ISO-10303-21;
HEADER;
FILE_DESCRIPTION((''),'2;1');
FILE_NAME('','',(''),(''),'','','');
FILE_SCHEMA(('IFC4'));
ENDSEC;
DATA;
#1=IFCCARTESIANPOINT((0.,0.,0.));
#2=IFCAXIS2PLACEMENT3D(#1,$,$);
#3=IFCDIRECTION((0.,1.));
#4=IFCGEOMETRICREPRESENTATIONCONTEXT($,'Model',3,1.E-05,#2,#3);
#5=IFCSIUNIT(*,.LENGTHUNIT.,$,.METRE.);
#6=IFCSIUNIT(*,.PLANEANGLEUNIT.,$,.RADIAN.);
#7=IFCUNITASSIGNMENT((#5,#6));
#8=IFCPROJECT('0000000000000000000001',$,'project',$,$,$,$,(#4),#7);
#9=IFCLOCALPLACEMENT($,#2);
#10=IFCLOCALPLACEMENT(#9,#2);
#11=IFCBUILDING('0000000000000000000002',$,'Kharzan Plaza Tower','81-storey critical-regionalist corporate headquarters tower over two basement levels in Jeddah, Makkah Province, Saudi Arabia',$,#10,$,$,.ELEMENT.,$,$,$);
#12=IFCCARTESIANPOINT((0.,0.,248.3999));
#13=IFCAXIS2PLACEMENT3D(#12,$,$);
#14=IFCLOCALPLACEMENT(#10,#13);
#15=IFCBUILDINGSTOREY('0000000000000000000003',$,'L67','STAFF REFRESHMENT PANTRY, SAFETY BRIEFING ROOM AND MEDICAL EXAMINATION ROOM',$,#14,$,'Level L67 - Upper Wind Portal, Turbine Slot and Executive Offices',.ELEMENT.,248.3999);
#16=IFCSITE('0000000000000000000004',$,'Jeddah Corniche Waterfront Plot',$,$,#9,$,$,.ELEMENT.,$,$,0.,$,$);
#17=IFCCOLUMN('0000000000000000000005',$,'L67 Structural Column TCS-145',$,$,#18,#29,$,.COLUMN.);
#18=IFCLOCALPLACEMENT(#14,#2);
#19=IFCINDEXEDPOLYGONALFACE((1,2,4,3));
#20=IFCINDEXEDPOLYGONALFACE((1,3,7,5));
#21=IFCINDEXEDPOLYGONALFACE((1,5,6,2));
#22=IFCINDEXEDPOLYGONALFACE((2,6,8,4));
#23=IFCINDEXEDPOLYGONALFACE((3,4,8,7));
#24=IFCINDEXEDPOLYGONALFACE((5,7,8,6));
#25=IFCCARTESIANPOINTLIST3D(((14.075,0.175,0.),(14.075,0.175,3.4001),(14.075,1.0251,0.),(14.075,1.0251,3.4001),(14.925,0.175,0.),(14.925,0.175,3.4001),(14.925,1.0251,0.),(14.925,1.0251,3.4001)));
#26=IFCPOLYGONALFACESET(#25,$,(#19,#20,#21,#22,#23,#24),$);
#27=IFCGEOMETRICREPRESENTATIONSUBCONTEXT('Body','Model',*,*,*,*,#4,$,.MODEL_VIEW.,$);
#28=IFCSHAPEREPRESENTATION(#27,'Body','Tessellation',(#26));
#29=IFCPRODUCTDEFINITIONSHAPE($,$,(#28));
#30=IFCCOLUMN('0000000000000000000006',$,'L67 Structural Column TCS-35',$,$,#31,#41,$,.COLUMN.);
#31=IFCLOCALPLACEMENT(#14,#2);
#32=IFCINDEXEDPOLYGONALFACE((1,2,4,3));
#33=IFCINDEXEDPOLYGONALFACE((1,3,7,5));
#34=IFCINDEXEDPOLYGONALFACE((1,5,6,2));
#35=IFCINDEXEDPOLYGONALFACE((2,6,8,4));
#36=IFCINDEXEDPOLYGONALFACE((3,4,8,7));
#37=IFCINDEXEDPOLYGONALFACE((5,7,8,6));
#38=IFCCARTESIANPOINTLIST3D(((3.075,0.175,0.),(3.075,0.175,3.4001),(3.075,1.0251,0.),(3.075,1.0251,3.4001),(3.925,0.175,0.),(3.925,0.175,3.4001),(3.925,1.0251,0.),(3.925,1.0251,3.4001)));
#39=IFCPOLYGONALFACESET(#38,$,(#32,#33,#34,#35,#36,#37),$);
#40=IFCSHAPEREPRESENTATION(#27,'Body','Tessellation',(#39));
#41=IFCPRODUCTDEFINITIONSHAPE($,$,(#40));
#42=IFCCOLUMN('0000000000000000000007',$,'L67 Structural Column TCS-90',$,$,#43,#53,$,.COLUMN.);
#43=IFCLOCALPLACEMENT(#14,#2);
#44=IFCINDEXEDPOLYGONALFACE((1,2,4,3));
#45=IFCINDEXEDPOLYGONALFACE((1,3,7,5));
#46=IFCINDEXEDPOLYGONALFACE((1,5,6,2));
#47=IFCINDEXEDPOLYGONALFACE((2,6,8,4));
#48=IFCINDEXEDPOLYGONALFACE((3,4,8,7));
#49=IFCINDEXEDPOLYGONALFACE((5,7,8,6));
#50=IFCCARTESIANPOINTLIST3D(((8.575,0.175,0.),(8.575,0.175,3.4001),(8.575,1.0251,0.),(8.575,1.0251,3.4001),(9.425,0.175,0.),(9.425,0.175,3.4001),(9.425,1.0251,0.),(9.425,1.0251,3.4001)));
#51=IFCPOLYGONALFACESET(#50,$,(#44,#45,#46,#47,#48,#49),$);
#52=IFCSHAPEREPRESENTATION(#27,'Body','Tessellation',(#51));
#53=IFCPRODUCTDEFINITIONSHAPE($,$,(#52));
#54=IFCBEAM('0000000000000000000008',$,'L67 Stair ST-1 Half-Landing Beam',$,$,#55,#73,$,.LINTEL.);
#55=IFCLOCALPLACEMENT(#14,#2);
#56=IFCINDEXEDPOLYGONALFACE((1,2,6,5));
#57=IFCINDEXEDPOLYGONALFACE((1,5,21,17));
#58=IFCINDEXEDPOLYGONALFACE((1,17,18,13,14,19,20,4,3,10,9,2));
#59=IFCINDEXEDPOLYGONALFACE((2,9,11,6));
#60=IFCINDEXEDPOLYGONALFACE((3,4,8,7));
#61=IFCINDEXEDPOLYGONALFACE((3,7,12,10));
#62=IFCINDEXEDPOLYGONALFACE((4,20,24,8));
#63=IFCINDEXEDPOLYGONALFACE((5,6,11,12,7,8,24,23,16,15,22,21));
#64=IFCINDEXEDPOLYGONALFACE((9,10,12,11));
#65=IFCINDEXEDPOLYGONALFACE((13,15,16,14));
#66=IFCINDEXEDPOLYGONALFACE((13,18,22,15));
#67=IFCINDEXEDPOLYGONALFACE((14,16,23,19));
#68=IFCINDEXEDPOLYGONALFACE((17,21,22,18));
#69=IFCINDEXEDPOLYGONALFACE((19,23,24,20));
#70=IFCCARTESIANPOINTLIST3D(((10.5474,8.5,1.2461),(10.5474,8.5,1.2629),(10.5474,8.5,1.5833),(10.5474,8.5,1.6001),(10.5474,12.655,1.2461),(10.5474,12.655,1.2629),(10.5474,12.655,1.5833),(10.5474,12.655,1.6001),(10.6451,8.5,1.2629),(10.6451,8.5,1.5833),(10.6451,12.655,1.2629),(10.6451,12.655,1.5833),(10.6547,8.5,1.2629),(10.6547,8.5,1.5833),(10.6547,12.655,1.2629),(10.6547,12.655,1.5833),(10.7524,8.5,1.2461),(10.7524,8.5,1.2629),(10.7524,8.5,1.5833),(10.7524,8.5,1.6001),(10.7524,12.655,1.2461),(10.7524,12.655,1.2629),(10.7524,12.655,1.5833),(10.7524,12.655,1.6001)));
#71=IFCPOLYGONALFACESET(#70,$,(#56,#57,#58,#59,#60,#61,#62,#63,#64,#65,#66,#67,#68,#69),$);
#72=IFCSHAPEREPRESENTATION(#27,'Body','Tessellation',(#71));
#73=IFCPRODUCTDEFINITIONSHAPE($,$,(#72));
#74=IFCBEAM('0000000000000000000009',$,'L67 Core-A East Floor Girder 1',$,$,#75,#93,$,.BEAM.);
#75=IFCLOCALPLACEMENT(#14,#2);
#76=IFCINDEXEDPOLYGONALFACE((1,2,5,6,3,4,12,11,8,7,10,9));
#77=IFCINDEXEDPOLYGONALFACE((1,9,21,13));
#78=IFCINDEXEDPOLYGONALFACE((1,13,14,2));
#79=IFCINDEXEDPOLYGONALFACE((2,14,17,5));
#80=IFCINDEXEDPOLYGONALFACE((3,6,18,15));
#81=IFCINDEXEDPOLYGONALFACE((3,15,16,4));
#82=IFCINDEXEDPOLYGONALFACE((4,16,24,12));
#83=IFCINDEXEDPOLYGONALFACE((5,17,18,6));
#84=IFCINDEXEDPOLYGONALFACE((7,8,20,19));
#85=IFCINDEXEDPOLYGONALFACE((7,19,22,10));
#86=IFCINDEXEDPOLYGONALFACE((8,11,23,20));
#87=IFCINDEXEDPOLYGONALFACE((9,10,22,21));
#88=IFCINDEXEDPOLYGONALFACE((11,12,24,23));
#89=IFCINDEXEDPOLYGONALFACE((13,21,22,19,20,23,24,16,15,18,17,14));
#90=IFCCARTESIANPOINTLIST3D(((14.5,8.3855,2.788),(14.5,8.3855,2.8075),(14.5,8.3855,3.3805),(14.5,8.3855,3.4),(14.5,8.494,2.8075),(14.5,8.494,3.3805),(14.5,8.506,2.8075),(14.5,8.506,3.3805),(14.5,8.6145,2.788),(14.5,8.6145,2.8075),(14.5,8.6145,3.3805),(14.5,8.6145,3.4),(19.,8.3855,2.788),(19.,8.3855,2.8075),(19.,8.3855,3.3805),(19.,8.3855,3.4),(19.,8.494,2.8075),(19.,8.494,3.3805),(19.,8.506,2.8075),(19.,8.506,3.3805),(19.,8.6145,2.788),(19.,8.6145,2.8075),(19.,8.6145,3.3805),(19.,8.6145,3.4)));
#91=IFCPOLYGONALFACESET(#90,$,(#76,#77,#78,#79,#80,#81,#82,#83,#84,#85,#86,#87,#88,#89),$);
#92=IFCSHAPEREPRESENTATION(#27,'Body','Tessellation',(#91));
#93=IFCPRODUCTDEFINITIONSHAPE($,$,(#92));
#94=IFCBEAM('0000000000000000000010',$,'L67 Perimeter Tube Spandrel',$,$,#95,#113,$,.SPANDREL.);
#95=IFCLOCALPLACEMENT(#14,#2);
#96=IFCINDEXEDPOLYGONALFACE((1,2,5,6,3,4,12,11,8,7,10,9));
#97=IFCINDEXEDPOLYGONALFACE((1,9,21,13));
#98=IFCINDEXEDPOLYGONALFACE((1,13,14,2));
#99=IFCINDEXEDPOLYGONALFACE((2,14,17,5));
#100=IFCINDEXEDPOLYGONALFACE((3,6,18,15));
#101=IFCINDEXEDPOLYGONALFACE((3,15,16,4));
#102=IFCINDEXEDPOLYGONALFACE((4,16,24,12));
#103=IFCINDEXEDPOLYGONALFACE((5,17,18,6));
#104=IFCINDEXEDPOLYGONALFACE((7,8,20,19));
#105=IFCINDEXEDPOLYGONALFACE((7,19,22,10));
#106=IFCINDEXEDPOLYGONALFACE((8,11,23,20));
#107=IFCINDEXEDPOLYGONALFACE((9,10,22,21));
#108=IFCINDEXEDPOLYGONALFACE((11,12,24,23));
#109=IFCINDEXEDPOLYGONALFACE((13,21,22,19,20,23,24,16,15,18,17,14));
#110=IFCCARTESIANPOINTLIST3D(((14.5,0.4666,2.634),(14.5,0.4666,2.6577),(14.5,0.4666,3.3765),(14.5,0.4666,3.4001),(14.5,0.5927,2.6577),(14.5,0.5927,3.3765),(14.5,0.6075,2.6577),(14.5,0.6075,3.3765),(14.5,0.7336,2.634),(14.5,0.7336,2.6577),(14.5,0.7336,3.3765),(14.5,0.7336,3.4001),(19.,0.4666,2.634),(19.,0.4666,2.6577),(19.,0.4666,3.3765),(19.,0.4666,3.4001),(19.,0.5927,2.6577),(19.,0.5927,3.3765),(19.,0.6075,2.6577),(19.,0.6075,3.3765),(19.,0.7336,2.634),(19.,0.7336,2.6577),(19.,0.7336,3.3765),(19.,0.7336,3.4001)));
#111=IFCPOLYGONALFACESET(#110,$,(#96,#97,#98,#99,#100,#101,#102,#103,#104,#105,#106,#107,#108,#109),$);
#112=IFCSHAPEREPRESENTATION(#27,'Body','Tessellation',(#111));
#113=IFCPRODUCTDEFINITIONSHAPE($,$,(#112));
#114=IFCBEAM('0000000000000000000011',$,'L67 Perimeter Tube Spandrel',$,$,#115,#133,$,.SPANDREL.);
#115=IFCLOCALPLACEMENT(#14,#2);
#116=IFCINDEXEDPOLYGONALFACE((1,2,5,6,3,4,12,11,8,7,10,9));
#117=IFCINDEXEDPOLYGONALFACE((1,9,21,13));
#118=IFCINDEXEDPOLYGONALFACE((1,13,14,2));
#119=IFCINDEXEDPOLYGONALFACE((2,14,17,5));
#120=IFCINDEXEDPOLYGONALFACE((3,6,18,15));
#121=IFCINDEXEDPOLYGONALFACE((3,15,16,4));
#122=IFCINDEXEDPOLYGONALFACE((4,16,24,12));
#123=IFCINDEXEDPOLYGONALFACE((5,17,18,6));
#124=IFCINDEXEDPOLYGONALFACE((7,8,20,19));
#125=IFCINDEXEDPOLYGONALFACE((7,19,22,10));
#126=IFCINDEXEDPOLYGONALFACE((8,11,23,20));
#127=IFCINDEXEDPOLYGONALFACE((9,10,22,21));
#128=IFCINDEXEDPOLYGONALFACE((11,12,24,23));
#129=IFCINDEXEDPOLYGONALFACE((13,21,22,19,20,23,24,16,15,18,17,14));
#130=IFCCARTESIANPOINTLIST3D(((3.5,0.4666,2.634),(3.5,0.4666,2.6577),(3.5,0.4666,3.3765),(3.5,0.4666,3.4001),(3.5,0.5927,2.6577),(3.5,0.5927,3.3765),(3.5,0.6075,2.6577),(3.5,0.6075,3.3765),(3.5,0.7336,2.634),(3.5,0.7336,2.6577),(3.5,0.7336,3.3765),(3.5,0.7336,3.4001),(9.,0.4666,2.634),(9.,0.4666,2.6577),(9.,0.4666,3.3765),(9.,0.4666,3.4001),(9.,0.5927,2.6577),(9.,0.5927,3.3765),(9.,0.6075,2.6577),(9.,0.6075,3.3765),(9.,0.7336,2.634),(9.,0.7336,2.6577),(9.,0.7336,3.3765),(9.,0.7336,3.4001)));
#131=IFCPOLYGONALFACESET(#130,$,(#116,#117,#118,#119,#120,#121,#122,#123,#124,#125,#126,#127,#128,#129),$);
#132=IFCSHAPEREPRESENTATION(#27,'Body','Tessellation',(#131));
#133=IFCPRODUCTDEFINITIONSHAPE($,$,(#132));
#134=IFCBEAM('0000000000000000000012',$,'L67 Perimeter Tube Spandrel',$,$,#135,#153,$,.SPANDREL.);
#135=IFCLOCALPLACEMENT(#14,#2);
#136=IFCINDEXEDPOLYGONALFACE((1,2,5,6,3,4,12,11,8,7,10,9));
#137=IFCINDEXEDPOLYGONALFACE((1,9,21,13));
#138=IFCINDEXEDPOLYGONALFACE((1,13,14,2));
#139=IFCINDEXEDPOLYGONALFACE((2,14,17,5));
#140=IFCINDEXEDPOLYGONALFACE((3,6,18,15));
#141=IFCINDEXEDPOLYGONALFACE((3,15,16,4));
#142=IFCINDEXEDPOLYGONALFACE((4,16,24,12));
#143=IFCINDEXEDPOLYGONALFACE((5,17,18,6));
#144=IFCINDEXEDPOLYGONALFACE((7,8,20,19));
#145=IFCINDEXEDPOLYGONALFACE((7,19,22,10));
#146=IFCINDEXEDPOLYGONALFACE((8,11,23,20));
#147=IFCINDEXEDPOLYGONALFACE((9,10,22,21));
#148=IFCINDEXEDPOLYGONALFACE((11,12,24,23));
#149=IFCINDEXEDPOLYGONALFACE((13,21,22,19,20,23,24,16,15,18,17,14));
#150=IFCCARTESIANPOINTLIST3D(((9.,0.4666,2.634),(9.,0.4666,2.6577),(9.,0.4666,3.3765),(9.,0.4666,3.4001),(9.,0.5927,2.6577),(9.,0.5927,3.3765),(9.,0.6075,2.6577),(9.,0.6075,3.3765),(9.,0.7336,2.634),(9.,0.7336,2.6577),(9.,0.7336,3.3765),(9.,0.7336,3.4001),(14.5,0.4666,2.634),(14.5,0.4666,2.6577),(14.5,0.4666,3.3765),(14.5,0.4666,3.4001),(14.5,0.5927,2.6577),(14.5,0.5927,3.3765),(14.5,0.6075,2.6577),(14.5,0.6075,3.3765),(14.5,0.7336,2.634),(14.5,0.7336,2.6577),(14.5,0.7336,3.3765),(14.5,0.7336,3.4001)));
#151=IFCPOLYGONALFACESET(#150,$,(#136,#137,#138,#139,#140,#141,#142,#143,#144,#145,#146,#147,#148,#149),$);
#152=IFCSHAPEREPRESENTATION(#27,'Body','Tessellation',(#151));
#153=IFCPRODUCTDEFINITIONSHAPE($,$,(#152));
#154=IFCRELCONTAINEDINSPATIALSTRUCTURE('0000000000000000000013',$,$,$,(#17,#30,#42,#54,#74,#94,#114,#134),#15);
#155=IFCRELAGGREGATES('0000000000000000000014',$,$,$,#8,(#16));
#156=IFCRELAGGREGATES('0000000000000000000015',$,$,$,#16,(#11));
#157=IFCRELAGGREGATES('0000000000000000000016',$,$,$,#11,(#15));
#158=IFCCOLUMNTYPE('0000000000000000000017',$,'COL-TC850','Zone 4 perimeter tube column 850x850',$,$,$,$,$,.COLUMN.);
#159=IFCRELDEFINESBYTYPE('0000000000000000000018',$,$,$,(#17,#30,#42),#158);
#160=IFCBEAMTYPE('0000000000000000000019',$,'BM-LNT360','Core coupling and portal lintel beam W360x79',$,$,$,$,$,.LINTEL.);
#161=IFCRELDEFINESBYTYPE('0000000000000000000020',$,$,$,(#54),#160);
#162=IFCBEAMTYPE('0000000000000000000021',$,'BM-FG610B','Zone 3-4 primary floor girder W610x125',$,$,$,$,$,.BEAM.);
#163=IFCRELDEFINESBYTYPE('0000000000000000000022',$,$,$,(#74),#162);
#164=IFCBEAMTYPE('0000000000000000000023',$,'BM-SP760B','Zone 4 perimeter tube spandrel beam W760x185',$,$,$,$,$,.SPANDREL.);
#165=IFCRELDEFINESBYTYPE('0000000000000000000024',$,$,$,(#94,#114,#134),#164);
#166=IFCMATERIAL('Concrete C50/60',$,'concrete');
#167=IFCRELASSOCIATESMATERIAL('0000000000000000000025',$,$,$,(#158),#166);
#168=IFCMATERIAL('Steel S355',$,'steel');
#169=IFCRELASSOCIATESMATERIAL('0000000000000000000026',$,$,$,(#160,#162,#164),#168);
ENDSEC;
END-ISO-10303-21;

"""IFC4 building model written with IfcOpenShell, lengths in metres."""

from ifc_helpers import new_model, si_unit, direction, frame, origin, origin_2d, place, context, subcontext, project, spatial, rectangle, i_section, extrude, source, transform, mapped, material, material_profile, profile_set, type_object, element, save


model = new_model("IFC4")

# Units and contexts
model_context = context("Model", 3, precision=1e-05, world=origin(), true_north=direction((0.0, 1.0)))
body_context = subcontext(model_context, "Body", "Model", "MODEL_VIEW")
ifc_project = project(units=[si_unit("LENGTHUNIT", "METRE"), si_unit("PLANEANGLEUNIT", "RADIAN")], contexts=[model_context])

# Site, building, storey
site_placement = place(None, origin())
site = spatial("IfcSite", under=ifc_project, at=site_placement, Name="Jeddah Corniche Waterfront Plot", CompositionType="ELEMENT", RefElevation=0.0)
building_placement = place(site_placement, origin())
building = spatial("IfcBuilding", under=site, at=building_placement, Name="Kharzan Plaza Tower", Description="81-storey critical-regionalist corporate headquarters tower over two basement levels in Jeddah, Makkah Province, Saudi Arabia", CompositionType="ELEMENT")
storey_placement = place(building_placement, frame((0.0, 0.0, 248.3999)))
storey = spatial("IfcBuildingStorey", under=building, at=storey_placement, Name="L67", Description="STAFF REFRESHMENT PANTRY, SAFETY BRIEFING ROOM AND MEDICAL EXAMINATION ROOM", LongName="Level L67 - Upper Wind Portal, Turbine Slot and Executive Offices", CompositionType="ELEMENT", Elevation=248.3999)

# Columns
ifc_material_1 = material(Name="Concrete C50/60", Category="concrete")
ifc_material_profile_1 = material_profile(ifc_material_1, rectangle(XDim=0.8501, YDim=0.8501, at=origin_2d()), Name="RC-TC850x850")
ifc_profile_set_1 = profile_set([ifc_material_profile_1], Name="Concrete C50/60")
column_type = type_object("IfcColumnType", Name="COL-TC850", Description="Zone 4 perimeter tube column 850x850", PredefinedType="COLUMN", material=ifc_profile_set_1)
shared_shape_1 = source(origin(), body_context, "Body", "SweptSolid", [
    extrude(rectangle(XDim=0.8501, YDim=0.8501, at=origin_2d()), origin(), (0.0, 0.0, 1.0), 3.4001),
])
for number, where, z_axis, x_axis, name in (
    (1, (14.5, 0.6001, 0.0), (0.0, 0.0, 1.0), (1.0, 0.0, 0.0), "L67 Structural Column TCS-145"),
    (2, (3.5, 0.6001, 0.0), (0.0, 0.0, 1.0), (1.0, 0.0, 0.0), "L67 Structural Column TCS-35"),
    (3, (9.0, 0.6001, 0.0), (0.0, 0.0, 1.0), (1.0, 0.0, 0.0), "L67 Structural Column TCS-90"),
):
    element("IfcColumn", number, at=place(storey_placement, frame(where, z_axis=z_axis, x_axis=x_axis)), inside=storey, type_object=column_type, Name=name, PredefinedType="COLUMN", context=body_context, shape_type="MappedRepresentation", body=[
        mapped(shared_shape_1, transform((0.0, 0.0, 0.0), x_axis=(1.0, 0.0, 0.0), y_axis=(0.0, 1.0, 0.0), z_axis=(0.0, 0.0, 1.0))),
    ])

# Beams
ifc_material_2 = material(Name="Steel S355", Category="steel")
ifc_material_profile_2 = material_profile(ifc_material_2, i_section(OverallWidth=0.2051, OverallDepth=0.354, WebThickness=0.0095, FlangeThickness=0.0168, at=origin_2d()), Name="W360x79")
ifc_profile_set_2 = profile_set([ifc_material_profile_2], Name="Steel S355")
beam_type_1 = type_object("IfcBeamType", Name="BM-LNT360", Description="Core coupling and portal lintel beam W360x79", PredefinedType="LINTEL", material=ifc_profile_set_2)
shared_shape_2 = source(origin(), body_context, "Body", "SweptSolid", [
    extrude(i_section(OverallWidth=0.2051, OverallDepth=0.354, WebThickness=0.0095, FlangeThickness=0.0168, at=origin_2d()), origin(), (0.0, 0.0, 1.0), 4.155),
])
beam_1_placement = place(storey_placement, frame((10.6499, 8.5, 1.4231), z_axis=(0.0, 1.0, 0.0), x_axis=(-1.0, 0.0, 0.0)))
element("IfcBeam", 4, at=beam_1_placement, inside=storey, type_object=beam_type_1, Name="L67 Stair ST-1 Half-Landing Beam", PredefinedType="LINTEL", context=body_context, shape_type="MappedRepresentation", body=[
    mapped(shared_shape_2, transform((0.0, 0.0, 0.0), x_axis=(1.0, 0.0, 0.0), y_axis=(0.0, 1.0, 0.0), z_axis=(0.0, 0.0, 1.0))),
])
ifc_material_profile_3 = material_profile(ifc_material_2, i_section(OverallWidth=0.229, OverallDepth=0.6121, WebThickness=0.012, FlangeThickness=0.0195, at=origin_2d()), Name="W610x125")
ifc_profile_set_3 = profile_set([ifc_material_profile_3], Name="Steel S355")
beam_type_2 = type_object("IfcBeamType", Name="BM-FG610B", Description="Zone 3-4 primary floor girder W610x125", PredefinedType="BEAM", material=ifc_profile_set_3)
shared_shape_3 = source(origin(), body_context, "Body", "SweptSolid", [
    extrude(i_section(OverallWidth=0.229, OverallDepth=0.6121, WebThickness=0.012, FlangeThickness=0.0195, at=origin_2d()), origin(), (0.0, 0.0, 1.0), 4.5),
])
beam_2_placement = place(storey_placement, frame((14.5, 8.5, 3.094), z_axis=(1.0, 0.0, 0.0), x_axis=(0.0, 1.0, 0.0)))
element("IfcBeam", 5, at=beam_2_placement, inside=storey, type_object=beam_type_2, Name="L67 Core-A East Floor Girder 1", PredefinedType="BEAM", context=body_context, shape_type="MappedRepresentation", body=[
    mapped(shared_shape_3, transform((0.0, 0.0, 0.0), x_axis=(1.0, 0.0, 0.0), y_axis=(0.0, 1.0, 0.0), z_axis=(0.0, 0.0, 1.0))),
])
ifc_material_profile_4 = material_profile(ifc_material_2, i_section(OverallWidth=0.2671, OverallDepth=0.7661, WebThickness=0.0149, FlangeThickness=0.0237, at=origin_2d()), Name="W760x185")
ifc_profile_set_4 = profile_set([ifc_material_profile_4], Name="Steel S355")
beam_type_3 = type_object("IfcBeamType", Name="BM-SP760B", Description="Zone 4 perimeter tube spandrel beam W760x185", PredefinedType="SPANDREL", material=ifc_profile_set_4)
shared_shape_4 = source(origin(), body_context, "Body", "SweptSolid", [
    extrude(i_section(OverallWidth=0.2671, OverallDepth=0.7661, WebThickness=0.0149, FlangeThickness=0.0237, at=origin_2d()), origin(), (0.0, 0.0, 1.0), 4.5),
])
beam_3_placement = place(storey_placement, frame((14.5, 0.6001, 3.0171), z_axis=(1.0, 0.0, 0.0), x_axis=(0.0, 1.0, 0.0)))
element("IfcBeam", 6, at=beam_3_placement, inside=storey, type_object=beam_type_3, Name="L67 Perimeter Tube Spandrel", PredefinedType="SPANDREL", context=body_context, shape_type="MappedRepresentation", body=[
    mapped(shared_shape_4, transform((0.0, 0.0, 0.0), x_axis=(1.0, 0.0, 0.0), y_axis=(0.0, 1.0, 0.0), z_axis=(0.0, 0.0, 1.0))),
])
shared_shape_5 = source(origin(), body_context, "Body", "SweptSolid", [
    extrude(i_section(OverallWidth=0.2671, OverallDepth=0.7661, WebThickness=0.0149, FlangeThickness=0.0237, at=origin_2d()), origin(), (0.0, 0.0, 1.0), 5.5),
])
for number, where, z_axis, x_axis, name in (
    (7, (3.5, 0.6001, 3.0171), (1.0, 0.0, 0.0), (0.0, 1.0, 0.0), "L67 Perimeter Tube Spandrel"),
    (8, (9.0, 0.6001, 3.0171), (1.0, 0.0, 0.0), (0.0, 1.0, 0.0), "L67 Perimeter Tube Spandrel"),
):
    element("IfcBeam", number, at=place(storey_placement, frame(where, z_axis=z_axis, x_axis=x_axis)), inside=storey, type_object=beam_type_3, Name=name, PredefinedType="SPANDREL", context=body_context, shape_type="MappedRepresentation", body=[
        mapped(shared_shape_5, transform((0.0, 0.0, 0.0), x_axis=(1.0, 0.0, 0.0), y_axis=(0.0, 1.0, 0.0), z_axis=(0.0, 0.0, 1.0))),
    ])

save(model, "model.ifc")
